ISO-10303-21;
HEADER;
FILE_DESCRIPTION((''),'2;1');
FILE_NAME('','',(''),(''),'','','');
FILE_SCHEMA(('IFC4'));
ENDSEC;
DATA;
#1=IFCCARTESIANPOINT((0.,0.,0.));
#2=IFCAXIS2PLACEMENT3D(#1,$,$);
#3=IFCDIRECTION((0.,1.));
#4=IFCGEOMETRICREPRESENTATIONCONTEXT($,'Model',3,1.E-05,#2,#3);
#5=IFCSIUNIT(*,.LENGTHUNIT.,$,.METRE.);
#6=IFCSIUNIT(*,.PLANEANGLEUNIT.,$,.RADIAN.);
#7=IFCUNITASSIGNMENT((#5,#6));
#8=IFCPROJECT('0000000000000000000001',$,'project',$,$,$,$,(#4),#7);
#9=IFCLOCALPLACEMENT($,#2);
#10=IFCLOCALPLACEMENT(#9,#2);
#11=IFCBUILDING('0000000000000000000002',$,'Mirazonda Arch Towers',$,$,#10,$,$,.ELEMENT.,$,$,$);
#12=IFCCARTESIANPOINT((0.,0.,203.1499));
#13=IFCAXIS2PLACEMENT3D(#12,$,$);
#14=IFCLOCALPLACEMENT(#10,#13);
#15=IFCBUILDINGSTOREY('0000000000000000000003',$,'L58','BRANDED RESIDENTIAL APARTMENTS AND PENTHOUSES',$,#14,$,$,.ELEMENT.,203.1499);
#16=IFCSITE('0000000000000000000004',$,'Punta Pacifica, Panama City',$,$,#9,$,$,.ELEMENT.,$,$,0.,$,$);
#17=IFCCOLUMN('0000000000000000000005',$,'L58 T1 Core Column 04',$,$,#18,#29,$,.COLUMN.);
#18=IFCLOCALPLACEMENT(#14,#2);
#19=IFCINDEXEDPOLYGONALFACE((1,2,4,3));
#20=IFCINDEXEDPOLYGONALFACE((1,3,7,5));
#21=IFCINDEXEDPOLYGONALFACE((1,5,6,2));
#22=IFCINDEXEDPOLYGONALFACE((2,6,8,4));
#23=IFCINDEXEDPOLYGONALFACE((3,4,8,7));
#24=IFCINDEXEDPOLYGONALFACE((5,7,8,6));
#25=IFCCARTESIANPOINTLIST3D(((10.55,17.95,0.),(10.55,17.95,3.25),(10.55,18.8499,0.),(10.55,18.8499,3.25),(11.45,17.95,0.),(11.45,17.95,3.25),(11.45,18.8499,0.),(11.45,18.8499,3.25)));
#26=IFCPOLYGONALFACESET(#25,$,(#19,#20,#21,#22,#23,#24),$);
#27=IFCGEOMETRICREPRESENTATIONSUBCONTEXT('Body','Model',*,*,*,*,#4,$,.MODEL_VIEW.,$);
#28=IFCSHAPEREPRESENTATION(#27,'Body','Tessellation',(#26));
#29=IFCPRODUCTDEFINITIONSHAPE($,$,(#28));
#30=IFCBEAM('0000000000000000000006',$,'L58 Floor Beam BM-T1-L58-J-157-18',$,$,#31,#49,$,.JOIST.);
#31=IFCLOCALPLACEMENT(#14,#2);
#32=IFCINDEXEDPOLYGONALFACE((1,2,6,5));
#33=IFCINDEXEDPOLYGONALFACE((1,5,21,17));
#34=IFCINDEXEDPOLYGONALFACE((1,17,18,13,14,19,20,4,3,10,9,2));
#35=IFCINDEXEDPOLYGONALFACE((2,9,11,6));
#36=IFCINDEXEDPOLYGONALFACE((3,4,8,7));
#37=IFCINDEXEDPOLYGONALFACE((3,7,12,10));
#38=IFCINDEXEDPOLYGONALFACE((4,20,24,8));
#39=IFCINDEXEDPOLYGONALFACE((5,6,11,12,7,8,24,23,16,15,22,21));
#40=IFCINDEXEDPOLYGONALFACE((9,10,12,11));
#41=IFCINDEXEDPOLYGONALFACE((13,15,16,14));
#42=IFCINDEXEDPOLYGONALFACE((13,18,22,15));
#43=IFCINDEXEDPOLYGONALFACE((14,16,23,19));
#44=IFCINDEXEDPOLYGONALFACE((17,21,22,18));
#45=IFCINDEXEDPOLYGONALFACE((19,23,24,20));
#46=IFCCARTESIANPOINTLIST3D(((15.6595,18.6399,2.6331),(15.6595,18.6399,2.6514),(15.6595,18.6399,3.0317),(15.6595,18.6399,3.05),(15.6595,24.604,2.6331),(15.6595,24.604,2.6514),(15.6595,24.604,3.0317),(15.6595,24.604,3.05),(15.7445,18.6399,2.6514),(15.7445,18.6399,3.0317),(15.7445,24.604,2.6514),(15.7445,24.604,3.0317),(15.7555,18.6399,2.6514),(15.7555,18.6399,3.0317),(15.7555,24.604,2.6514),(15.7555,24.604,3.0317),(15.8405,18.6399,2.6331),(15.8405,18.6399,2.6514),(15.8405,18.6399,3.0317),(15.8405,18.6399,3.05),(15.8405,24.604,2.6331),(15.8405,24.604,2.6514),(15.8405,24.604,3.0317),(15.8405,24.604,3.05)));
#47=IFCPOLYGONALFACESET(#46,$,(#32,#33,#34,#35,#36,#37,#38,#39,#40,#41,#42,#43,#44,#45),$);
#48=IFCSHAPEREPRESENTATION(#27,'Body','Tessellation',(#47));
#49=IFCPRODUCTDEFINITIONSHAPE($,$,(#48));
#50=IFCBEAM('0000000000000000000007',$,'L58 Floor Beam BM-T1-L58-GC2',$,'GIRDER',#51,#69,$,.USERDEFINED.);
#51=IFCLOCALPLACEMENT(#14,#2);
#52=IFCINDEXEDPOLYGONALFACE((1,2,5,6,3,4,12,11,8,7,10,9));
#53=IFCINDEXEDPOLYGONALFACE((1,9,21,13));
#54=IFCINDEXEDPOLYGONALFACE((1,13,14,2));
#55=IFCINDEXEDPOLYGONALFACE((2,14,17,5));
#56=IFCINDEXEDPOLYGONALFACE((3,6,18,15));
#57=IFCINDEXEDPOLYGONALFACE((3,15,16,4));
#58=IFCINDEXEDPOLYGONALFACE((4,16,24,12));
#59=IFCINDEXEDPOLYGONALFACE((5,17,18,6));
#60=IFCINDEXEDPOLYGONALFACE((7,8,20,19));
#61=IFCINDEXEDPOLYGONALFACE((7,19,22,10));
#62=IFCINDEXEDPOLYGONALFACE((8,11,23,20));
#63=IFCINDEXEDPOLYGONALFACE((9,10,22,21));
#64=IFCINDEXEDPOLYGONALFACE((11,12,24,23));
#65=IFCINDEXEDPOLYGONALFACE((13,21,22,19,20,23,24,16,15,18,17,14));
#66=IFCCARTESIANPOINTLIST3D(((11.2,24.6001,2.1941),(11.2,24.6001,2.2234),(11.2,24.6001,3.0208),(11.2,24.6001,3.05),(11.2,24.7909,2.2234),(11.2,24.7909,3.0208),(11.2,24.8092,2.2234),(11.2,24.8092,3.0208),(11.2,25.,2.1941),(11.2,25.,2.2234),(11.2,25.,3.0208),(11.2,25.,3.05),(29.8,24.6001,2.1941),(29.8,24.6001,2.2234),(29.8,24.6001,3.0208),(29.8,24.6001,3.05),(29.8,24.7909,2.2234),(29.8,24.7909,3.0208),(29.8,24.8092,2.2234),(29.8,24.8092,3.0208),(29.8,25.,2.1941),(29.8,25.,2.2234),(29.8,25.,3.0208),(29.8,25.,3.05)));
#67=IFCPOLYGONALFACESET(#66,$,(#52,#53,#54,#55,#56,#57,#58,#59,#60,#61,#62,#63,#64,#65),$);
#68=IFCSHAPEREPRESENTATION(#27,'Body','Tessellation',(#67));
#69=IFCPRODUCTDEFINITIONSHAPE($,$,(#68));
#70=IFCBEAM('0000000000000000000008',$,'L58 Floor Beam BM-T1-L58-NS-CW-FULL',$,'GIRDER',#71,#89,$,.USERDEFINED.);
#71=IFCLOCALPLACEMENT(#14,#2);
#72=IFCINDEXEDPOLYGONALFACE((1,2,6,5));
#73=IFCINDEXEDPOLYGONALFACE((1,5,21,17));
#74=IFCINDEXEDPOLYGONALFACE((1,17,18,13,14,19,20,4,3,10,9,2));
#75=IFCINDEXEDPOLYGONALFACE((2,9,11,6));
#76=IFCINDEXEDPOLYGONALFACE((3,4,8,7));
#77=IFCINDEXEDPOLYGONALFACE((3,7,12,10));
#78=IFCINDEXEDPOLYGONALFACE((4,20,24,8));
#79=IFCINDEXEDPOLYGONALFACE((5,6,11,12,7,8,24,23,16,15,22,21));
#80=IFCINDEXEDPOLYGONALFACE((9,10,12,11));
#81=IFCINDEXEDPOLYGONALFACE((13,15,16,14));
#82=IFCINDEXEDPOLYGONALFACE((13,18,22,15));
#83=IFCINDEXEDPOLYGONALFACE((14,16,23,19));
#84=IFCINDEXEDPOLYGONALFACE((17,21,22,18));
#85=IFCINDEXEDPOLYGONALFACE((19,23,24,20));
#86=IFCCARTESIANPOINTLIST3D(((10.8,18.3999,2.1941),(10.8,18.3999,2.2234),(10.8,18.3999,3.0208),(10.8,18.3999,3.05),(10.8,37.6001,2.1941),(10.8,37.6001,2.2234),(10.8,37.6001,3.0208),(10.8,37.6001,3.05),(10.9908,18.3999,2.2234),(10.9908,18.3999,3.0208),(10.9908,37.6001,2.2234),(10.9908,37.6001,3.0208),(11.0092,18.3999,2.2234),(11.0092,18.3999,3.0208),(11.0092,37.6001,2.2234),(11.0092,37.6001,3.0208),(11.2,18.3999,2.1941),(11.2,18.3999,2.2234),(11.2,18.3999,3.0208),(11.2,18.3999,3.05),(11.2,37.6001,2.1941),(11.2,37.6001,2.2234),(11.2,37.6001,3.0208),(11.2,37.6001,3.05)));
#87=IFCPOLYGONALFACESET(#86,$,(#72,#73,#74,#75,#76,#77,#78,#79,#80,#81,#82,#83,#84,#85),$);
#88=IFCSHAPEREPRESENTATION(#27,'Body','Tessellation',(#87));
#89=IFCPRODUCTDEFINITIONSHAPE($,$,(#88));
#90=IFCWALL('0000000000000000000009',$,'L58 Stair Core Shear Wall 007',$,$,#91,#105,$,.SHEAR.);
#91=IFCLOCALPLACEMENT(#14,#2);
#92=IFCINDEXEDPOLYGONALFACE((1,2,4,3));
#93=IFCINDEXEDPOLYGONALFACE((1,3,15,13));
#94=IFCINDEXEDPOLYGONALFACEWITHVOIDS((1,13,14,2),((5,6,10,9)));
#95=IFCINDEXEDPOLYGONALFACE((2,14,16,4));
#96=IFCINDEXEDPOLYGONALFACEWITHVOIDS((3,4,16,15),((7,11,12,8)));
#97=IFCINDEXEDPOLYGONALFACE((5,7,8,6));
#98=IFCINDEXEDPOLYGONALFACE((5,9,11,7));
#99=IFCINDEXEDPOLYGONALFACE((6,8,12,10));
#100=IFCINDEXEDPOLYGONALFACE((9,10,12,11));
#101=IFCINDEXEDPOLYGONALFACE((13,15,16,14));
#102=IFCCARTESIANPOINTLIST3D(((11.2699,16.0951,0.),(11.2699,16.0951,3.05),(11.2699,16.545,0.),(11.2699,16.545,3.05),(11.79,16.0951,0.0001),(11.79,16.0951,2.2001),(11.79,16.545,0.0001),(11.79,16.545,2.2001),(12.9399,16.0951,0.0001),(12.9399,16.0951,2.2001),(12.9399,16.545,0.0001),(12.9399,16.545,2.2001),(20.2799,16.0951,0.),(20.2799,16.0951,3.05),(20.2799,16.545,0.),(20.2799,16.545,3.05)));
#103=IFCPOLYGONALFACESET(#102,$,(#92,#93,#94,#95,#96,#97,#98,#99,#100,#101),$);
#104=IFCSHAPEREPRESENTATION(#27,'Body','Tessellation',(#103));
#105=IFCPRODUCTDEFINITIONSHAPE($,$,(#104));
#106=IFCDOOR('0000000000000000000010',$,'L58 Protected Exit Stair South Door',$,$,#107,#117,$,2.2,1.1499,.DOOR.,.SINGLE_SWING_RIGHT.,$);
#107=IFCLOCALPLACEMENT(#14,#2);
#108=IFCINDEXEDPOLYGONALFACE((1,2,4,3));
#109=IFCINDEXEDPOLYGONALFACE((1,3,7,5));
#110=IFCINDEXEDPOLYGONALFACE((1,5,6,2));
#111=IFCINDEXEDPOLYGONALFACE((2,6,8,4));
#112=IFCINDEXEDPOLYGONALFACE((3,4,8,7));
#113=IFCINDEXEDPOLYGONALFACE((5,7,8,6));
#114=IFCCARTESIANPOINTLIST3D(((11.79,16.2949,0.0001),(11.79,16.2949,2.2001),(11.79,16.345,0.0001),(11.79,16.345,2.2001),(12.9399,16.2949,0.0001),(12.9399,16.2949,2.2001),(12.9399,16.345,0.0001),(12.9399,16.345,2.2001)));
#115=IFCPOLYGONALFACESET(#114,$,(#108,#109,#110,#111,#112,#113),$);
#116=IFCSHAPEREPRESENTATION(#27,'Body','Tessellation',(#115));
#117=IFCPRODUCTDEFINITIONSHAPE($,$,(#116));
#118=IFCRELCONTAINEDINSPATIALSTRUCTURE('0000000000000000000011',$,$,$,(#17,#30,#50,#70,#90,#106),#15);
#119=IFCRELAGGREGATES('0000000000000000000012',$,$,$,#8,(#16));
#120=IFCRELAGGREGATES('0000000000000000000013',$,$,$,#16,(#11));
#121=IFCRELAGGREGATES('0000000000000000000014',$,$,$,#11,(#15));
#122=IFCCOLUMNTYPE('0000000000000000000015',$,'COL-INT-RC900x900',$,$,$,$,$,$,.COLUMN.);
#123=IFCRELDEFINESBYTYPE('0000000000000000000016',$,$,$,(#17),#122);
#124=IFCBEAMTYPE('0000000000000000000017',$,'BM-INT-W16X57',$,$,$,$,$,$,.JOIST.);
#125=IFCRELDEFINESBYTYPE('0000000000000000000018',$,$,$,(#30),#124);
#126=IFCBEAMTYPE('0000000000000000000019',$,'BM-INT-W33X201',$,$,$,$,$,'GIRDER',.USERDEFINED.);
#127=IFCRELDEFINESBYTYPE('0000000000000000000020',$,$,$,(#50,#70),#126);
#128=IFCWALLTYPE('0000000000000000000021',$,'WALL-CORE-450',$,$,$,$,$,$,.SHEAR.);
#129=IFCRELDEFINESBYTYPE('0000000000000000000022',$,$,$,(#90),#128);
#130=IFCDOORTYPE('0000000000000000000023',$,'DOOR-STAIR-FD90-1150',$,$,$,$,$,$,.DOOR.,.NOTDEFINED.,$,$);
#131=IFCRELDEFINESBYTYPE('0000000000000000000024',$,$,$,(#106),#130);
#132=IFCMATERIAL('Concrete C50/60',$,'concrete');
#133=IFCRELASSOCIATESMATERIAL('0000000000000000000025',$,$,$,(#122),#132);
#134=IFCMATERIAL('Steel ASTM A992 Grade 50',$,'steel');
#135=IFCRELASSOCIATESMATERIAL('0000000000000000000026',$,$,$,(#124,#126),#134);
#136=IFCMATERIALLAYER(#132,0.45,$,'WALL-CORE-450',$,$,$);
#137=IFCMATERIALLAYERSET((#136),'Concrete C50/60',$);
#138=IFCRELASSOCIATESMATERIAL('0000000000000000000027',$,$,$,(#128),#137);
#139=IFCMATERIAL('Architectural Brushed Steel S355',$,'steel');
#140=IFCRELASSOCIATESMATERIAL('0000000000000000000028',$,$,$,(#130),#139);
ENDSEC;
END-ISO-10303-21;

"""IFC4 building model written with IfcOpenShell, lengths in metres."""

from ifc_helpers import new_model, si_unit, direction, frame, frame_2d, origin, origin_2d, place, context, subcontext, project, spatial, rectangle, i_section, extrude, material, layer, layer_set, material_profile, profile_set, type_object, element, fill, save


model = new_model("IFC4")

# Units and contexts
model_context = context("Model", 3, precision=1e-05, world=origin(), true_north=direction((0.0, 1.0)))
body_context = subcontext(model_context, "Body", "Model", "MODEL_VIEW")
ifc_project = project(units=[si_unit("LENGTHUNIT", "METRE"), si_unit("PLANEANGLEUNIT", "RADIAN")], contexts=[model_context])

# Site, building, storey
site_placement = place(None, origin())
site = spatial("IfcSite", under=ifc_project, at=site_placement, Name="Punta Pacifica, Panama City", CompositionType="ELEMENT", RefElevation=0.0)
building_placement = place(site_placement, origin())
building = spatial("IfcBuilding", under=site, at=building_placement, Name="Mirazonda Arch Towers", CompositionType="ELEMENT")
storey_placement = place(building_placement, frame((0.0, 0.0, 203.1499)))
storey = spatial("IfcBuildingStorey", under=building, at=storey_placement, Name="L58", Description="BRANDED RESIDENTIAL APARTMENTS AND PENTHOUSES", CompositionType="ELEMENT", Elevation=203.1499)

# Column
ifc_material_1 = material(Name="Concrete C50/60", Category="concrete")
ifc_material_profile_1 = material_profile(ifc_material_1, rectangle(XDim=0.8999, YDim=0.8999, at=origin_2d()), Name="RC900x900")
ifc_profile_set_1 = profile_set([ifc_material_profile_1], Name="Concrete C50/60")
column_type = type_object("IfcColumnType", Name="COL-INT-RC900x900", PredefinedType="COLUMN", material=ifc_profile_set_1)
column_placement = place(storey_placement, frame((11.0, 18.3999, 0.0), z_axis=(0.0, 0.0, 1.0), x_axis=(1.0, 0.0, 0.0)))
element("IfcColumn", 1, at=column_placement, inside=storey, type_object=column_type, Name="L58 T1 Core Column 04", PredefinedType="COLUMN", context=body_context, shape_type="SweptSolid", body=[
    extrude(rectangle(XDim=0.8999, YDim=0.8999, at=origin_2d()), origin(), (0.0, 0.0, 1.0), 3.25),
])

# Beams
ifc_material_2 = material(Name="Steel ASTM A992 Grade 50", Category="steel")
ifc_material_profile_2 = material_profile(ifc_material_2, i_section(OverallWidth=0.1809, OverallDepth=0.417, WebThickness=0.011, FlangeThickness=0.0183, at=origin_2d()), Name="W16X57")
ifc_profile_set_2 = profile_set([ifc_material_profile_2], Name="Steel ASTM A992 Grade 50")
beam_type_1 = type_object("IfcBeamType", Name="BM-INT-W16X57", PredefinedType="JOIST", material=ifc_profile_set_2)
beam_1_placement = place(storey_placement, frame((15.75, 18.6399, 2.8416), z_axis=(0.0, 1.0, 0.0), x_axis=(-1.0, 0.0, 0.0)))
element("IfcBeam", 2, at=beam_1_placement, inside=storey, type_object=beam_type_1, Name="L58 Floor Beam BM-T1-L58-J-157-18", PredefinedType="JOIST", context=body_context, shape_type="SweptSolid", body=[
    extrude(i_section(OverallWidth=0.1809, OverallDepth=0.417, WebThickness=0.011, FlangeThickness=0.0183, at=origin_2d()), origin(), (0.0, 0.0, 1.0), 5.9641),
])
ifc_material_profile_3 = material_profile(ifc_material_2, i_section(OverallWidth=0.3999, OverallDepth=0.856, WebThickness=0.0183, FlangeThickness=0.0293, at=origin_2d()), Name="W33X201")
ifc_profile_set_3 = profile_set([ifc_material_profile_3], Name="Steel ASTM A992 Grade 50")
beam_type_2 = type_object("IfcBeamType", Name="BM-INT-W33X201", ElementType="GIRDER", PredefinedType="USERDEFINED", material=ifc_profile_set_3)
beam_2_placement = place(storey_placement, frame((11.2, 24.8, 2.6221), z_axis=(1.0, 0.0, 0.0), x_axis=(0.0, 1.0, 0.0)))
element("IfcBeam", 3, at=beam_2_placement, inside=storey, type_object=beam_type_2, Name="L58 Floor Beam BM-T1-L58-GC2", ObjectType="GIRDER", PredefinedType="USERDEFINED", context=body_context, shape_type="SweptSolid", body=[
    extrude(i_section(OverallWidth=0.3999, OverallDepth=0.856, WebThickness=0.0183, FlangeThickness=0.0293, at=origin_2d()), origin(), (0.0, 0.0, 1.0), 18.6001),
])
beam_3_placement = place(storey_placement, frame((11.0, 18.3999, 2.6221), z_axis=(0.0, 1.0, 0.0), x_axis=(-1.0, 0.0, 0.0)))
element("IfcBeam", 4, at=beam_3_placement, inside=storey, type_object=beam_type_2, Name="L58 Floor Beam BM-T1-L58-NS-CW-FULL", ObjectType="GIRDER", PredefinedType="USERDEFINED", context=body_context, shape_type="SweptSolid", body=[
    extrude(i_section(OverallWidth=0.3999, OverallDepth=0.856, WebThickness=0.0183, FlangeThickness=0.0293, at=origin_2d()), origin(), (0.0, 0.0, 1.0), 19.2002),
])

# Wall, opening, door
ifc_layer_1 = layer(ifc_material_1, 0.45, Name="WALL-CORE-450")
ifc_layer_set_1 = layer_set([ifc_layer_1], Name="Concrete C50/60")
wall_type_1 = type_object("IfcWallType", Name="WALL-CORE-450", PredefinedType="SHEAR", material=ifc_layer_set_1)
wall_1_placement = place(storey_placement, frame((11.27, 16.3201, 0.0), z_axis=(0.0, 0.0, 1.0), x_axis=(1.0, 0.0, 0.0)))
wall_1 = element("IfcWall", 5, at=wall_1_placement, inside=storey, type_object=wall_type_1, Name="L58 Stair Core Shear Wall 007", PredefinedType="SHEAR", context=body_context, shape_type="SweptSolid", body=[
    extrude(rectangle(XDim=9.01, YDim=0.45, at=frame_2d((4.5049, 0.0))), origin(), (0.0, 0.0, 1.0), 3.05),
])
opening_1_placement = place(wall_1_placement, frame((0.52, 0.0, 0.0)))
opening_1 = element("IfcOpeningElement", 6, at=opening_1_placement, cuts=wall_1, PredefinedType="OPENING", context=body_context, shape_type="SweptSolid", body=[
    extrude(rectangle(XDim=1.1499, YDim=2.2, at=frame_2d((0.575, 1.1001))), frame((0.0, 0.2349, 0.0), z_axis=(0.0, -1.0, 0.0), x_axis=(1.0, 0.0, 0.0)), (0.0, 0.0, 1.0), 0.47),
])
ifc_material_3 = material(Name="Architectural Brushed Steel S355", Category="steel")
door_type_1 = type_object("IfcDoorType", Name="DOOR-STAIR-FD90-1150", OperationType="NOTDEFINED", PredefinedType="DOOR", material=ifc_material_3)
door_1_placement = place(opening_1_placement, origin())
door_1 = element("IfcDoor", 7, at=door_1_placement, inside=storey, type_object=door_type_1, Name="L58 Protected Exit Stair South Door", OperationType="SINGLE_SWING_RIGHT", OverallHeight=2.2, OverallWidth=1.1499, PredefinedType="DOOR", context=body_context, shape_type="SweptSolid", body=[
    extrude(rectangle(XDim=1.1499, YDim=2.2, at=frame_2d((0.575, 1.1001))), frame((0.0, 0.0249, 0.0), z_axis=(0.0, -1.0, 0.0), x_axis=(1.0, 0.0, 0.0)), (0.0, 0.0, 1.0), 0.05),
])
fill(opening_1, door_1)

save(model, "model.ifc")
